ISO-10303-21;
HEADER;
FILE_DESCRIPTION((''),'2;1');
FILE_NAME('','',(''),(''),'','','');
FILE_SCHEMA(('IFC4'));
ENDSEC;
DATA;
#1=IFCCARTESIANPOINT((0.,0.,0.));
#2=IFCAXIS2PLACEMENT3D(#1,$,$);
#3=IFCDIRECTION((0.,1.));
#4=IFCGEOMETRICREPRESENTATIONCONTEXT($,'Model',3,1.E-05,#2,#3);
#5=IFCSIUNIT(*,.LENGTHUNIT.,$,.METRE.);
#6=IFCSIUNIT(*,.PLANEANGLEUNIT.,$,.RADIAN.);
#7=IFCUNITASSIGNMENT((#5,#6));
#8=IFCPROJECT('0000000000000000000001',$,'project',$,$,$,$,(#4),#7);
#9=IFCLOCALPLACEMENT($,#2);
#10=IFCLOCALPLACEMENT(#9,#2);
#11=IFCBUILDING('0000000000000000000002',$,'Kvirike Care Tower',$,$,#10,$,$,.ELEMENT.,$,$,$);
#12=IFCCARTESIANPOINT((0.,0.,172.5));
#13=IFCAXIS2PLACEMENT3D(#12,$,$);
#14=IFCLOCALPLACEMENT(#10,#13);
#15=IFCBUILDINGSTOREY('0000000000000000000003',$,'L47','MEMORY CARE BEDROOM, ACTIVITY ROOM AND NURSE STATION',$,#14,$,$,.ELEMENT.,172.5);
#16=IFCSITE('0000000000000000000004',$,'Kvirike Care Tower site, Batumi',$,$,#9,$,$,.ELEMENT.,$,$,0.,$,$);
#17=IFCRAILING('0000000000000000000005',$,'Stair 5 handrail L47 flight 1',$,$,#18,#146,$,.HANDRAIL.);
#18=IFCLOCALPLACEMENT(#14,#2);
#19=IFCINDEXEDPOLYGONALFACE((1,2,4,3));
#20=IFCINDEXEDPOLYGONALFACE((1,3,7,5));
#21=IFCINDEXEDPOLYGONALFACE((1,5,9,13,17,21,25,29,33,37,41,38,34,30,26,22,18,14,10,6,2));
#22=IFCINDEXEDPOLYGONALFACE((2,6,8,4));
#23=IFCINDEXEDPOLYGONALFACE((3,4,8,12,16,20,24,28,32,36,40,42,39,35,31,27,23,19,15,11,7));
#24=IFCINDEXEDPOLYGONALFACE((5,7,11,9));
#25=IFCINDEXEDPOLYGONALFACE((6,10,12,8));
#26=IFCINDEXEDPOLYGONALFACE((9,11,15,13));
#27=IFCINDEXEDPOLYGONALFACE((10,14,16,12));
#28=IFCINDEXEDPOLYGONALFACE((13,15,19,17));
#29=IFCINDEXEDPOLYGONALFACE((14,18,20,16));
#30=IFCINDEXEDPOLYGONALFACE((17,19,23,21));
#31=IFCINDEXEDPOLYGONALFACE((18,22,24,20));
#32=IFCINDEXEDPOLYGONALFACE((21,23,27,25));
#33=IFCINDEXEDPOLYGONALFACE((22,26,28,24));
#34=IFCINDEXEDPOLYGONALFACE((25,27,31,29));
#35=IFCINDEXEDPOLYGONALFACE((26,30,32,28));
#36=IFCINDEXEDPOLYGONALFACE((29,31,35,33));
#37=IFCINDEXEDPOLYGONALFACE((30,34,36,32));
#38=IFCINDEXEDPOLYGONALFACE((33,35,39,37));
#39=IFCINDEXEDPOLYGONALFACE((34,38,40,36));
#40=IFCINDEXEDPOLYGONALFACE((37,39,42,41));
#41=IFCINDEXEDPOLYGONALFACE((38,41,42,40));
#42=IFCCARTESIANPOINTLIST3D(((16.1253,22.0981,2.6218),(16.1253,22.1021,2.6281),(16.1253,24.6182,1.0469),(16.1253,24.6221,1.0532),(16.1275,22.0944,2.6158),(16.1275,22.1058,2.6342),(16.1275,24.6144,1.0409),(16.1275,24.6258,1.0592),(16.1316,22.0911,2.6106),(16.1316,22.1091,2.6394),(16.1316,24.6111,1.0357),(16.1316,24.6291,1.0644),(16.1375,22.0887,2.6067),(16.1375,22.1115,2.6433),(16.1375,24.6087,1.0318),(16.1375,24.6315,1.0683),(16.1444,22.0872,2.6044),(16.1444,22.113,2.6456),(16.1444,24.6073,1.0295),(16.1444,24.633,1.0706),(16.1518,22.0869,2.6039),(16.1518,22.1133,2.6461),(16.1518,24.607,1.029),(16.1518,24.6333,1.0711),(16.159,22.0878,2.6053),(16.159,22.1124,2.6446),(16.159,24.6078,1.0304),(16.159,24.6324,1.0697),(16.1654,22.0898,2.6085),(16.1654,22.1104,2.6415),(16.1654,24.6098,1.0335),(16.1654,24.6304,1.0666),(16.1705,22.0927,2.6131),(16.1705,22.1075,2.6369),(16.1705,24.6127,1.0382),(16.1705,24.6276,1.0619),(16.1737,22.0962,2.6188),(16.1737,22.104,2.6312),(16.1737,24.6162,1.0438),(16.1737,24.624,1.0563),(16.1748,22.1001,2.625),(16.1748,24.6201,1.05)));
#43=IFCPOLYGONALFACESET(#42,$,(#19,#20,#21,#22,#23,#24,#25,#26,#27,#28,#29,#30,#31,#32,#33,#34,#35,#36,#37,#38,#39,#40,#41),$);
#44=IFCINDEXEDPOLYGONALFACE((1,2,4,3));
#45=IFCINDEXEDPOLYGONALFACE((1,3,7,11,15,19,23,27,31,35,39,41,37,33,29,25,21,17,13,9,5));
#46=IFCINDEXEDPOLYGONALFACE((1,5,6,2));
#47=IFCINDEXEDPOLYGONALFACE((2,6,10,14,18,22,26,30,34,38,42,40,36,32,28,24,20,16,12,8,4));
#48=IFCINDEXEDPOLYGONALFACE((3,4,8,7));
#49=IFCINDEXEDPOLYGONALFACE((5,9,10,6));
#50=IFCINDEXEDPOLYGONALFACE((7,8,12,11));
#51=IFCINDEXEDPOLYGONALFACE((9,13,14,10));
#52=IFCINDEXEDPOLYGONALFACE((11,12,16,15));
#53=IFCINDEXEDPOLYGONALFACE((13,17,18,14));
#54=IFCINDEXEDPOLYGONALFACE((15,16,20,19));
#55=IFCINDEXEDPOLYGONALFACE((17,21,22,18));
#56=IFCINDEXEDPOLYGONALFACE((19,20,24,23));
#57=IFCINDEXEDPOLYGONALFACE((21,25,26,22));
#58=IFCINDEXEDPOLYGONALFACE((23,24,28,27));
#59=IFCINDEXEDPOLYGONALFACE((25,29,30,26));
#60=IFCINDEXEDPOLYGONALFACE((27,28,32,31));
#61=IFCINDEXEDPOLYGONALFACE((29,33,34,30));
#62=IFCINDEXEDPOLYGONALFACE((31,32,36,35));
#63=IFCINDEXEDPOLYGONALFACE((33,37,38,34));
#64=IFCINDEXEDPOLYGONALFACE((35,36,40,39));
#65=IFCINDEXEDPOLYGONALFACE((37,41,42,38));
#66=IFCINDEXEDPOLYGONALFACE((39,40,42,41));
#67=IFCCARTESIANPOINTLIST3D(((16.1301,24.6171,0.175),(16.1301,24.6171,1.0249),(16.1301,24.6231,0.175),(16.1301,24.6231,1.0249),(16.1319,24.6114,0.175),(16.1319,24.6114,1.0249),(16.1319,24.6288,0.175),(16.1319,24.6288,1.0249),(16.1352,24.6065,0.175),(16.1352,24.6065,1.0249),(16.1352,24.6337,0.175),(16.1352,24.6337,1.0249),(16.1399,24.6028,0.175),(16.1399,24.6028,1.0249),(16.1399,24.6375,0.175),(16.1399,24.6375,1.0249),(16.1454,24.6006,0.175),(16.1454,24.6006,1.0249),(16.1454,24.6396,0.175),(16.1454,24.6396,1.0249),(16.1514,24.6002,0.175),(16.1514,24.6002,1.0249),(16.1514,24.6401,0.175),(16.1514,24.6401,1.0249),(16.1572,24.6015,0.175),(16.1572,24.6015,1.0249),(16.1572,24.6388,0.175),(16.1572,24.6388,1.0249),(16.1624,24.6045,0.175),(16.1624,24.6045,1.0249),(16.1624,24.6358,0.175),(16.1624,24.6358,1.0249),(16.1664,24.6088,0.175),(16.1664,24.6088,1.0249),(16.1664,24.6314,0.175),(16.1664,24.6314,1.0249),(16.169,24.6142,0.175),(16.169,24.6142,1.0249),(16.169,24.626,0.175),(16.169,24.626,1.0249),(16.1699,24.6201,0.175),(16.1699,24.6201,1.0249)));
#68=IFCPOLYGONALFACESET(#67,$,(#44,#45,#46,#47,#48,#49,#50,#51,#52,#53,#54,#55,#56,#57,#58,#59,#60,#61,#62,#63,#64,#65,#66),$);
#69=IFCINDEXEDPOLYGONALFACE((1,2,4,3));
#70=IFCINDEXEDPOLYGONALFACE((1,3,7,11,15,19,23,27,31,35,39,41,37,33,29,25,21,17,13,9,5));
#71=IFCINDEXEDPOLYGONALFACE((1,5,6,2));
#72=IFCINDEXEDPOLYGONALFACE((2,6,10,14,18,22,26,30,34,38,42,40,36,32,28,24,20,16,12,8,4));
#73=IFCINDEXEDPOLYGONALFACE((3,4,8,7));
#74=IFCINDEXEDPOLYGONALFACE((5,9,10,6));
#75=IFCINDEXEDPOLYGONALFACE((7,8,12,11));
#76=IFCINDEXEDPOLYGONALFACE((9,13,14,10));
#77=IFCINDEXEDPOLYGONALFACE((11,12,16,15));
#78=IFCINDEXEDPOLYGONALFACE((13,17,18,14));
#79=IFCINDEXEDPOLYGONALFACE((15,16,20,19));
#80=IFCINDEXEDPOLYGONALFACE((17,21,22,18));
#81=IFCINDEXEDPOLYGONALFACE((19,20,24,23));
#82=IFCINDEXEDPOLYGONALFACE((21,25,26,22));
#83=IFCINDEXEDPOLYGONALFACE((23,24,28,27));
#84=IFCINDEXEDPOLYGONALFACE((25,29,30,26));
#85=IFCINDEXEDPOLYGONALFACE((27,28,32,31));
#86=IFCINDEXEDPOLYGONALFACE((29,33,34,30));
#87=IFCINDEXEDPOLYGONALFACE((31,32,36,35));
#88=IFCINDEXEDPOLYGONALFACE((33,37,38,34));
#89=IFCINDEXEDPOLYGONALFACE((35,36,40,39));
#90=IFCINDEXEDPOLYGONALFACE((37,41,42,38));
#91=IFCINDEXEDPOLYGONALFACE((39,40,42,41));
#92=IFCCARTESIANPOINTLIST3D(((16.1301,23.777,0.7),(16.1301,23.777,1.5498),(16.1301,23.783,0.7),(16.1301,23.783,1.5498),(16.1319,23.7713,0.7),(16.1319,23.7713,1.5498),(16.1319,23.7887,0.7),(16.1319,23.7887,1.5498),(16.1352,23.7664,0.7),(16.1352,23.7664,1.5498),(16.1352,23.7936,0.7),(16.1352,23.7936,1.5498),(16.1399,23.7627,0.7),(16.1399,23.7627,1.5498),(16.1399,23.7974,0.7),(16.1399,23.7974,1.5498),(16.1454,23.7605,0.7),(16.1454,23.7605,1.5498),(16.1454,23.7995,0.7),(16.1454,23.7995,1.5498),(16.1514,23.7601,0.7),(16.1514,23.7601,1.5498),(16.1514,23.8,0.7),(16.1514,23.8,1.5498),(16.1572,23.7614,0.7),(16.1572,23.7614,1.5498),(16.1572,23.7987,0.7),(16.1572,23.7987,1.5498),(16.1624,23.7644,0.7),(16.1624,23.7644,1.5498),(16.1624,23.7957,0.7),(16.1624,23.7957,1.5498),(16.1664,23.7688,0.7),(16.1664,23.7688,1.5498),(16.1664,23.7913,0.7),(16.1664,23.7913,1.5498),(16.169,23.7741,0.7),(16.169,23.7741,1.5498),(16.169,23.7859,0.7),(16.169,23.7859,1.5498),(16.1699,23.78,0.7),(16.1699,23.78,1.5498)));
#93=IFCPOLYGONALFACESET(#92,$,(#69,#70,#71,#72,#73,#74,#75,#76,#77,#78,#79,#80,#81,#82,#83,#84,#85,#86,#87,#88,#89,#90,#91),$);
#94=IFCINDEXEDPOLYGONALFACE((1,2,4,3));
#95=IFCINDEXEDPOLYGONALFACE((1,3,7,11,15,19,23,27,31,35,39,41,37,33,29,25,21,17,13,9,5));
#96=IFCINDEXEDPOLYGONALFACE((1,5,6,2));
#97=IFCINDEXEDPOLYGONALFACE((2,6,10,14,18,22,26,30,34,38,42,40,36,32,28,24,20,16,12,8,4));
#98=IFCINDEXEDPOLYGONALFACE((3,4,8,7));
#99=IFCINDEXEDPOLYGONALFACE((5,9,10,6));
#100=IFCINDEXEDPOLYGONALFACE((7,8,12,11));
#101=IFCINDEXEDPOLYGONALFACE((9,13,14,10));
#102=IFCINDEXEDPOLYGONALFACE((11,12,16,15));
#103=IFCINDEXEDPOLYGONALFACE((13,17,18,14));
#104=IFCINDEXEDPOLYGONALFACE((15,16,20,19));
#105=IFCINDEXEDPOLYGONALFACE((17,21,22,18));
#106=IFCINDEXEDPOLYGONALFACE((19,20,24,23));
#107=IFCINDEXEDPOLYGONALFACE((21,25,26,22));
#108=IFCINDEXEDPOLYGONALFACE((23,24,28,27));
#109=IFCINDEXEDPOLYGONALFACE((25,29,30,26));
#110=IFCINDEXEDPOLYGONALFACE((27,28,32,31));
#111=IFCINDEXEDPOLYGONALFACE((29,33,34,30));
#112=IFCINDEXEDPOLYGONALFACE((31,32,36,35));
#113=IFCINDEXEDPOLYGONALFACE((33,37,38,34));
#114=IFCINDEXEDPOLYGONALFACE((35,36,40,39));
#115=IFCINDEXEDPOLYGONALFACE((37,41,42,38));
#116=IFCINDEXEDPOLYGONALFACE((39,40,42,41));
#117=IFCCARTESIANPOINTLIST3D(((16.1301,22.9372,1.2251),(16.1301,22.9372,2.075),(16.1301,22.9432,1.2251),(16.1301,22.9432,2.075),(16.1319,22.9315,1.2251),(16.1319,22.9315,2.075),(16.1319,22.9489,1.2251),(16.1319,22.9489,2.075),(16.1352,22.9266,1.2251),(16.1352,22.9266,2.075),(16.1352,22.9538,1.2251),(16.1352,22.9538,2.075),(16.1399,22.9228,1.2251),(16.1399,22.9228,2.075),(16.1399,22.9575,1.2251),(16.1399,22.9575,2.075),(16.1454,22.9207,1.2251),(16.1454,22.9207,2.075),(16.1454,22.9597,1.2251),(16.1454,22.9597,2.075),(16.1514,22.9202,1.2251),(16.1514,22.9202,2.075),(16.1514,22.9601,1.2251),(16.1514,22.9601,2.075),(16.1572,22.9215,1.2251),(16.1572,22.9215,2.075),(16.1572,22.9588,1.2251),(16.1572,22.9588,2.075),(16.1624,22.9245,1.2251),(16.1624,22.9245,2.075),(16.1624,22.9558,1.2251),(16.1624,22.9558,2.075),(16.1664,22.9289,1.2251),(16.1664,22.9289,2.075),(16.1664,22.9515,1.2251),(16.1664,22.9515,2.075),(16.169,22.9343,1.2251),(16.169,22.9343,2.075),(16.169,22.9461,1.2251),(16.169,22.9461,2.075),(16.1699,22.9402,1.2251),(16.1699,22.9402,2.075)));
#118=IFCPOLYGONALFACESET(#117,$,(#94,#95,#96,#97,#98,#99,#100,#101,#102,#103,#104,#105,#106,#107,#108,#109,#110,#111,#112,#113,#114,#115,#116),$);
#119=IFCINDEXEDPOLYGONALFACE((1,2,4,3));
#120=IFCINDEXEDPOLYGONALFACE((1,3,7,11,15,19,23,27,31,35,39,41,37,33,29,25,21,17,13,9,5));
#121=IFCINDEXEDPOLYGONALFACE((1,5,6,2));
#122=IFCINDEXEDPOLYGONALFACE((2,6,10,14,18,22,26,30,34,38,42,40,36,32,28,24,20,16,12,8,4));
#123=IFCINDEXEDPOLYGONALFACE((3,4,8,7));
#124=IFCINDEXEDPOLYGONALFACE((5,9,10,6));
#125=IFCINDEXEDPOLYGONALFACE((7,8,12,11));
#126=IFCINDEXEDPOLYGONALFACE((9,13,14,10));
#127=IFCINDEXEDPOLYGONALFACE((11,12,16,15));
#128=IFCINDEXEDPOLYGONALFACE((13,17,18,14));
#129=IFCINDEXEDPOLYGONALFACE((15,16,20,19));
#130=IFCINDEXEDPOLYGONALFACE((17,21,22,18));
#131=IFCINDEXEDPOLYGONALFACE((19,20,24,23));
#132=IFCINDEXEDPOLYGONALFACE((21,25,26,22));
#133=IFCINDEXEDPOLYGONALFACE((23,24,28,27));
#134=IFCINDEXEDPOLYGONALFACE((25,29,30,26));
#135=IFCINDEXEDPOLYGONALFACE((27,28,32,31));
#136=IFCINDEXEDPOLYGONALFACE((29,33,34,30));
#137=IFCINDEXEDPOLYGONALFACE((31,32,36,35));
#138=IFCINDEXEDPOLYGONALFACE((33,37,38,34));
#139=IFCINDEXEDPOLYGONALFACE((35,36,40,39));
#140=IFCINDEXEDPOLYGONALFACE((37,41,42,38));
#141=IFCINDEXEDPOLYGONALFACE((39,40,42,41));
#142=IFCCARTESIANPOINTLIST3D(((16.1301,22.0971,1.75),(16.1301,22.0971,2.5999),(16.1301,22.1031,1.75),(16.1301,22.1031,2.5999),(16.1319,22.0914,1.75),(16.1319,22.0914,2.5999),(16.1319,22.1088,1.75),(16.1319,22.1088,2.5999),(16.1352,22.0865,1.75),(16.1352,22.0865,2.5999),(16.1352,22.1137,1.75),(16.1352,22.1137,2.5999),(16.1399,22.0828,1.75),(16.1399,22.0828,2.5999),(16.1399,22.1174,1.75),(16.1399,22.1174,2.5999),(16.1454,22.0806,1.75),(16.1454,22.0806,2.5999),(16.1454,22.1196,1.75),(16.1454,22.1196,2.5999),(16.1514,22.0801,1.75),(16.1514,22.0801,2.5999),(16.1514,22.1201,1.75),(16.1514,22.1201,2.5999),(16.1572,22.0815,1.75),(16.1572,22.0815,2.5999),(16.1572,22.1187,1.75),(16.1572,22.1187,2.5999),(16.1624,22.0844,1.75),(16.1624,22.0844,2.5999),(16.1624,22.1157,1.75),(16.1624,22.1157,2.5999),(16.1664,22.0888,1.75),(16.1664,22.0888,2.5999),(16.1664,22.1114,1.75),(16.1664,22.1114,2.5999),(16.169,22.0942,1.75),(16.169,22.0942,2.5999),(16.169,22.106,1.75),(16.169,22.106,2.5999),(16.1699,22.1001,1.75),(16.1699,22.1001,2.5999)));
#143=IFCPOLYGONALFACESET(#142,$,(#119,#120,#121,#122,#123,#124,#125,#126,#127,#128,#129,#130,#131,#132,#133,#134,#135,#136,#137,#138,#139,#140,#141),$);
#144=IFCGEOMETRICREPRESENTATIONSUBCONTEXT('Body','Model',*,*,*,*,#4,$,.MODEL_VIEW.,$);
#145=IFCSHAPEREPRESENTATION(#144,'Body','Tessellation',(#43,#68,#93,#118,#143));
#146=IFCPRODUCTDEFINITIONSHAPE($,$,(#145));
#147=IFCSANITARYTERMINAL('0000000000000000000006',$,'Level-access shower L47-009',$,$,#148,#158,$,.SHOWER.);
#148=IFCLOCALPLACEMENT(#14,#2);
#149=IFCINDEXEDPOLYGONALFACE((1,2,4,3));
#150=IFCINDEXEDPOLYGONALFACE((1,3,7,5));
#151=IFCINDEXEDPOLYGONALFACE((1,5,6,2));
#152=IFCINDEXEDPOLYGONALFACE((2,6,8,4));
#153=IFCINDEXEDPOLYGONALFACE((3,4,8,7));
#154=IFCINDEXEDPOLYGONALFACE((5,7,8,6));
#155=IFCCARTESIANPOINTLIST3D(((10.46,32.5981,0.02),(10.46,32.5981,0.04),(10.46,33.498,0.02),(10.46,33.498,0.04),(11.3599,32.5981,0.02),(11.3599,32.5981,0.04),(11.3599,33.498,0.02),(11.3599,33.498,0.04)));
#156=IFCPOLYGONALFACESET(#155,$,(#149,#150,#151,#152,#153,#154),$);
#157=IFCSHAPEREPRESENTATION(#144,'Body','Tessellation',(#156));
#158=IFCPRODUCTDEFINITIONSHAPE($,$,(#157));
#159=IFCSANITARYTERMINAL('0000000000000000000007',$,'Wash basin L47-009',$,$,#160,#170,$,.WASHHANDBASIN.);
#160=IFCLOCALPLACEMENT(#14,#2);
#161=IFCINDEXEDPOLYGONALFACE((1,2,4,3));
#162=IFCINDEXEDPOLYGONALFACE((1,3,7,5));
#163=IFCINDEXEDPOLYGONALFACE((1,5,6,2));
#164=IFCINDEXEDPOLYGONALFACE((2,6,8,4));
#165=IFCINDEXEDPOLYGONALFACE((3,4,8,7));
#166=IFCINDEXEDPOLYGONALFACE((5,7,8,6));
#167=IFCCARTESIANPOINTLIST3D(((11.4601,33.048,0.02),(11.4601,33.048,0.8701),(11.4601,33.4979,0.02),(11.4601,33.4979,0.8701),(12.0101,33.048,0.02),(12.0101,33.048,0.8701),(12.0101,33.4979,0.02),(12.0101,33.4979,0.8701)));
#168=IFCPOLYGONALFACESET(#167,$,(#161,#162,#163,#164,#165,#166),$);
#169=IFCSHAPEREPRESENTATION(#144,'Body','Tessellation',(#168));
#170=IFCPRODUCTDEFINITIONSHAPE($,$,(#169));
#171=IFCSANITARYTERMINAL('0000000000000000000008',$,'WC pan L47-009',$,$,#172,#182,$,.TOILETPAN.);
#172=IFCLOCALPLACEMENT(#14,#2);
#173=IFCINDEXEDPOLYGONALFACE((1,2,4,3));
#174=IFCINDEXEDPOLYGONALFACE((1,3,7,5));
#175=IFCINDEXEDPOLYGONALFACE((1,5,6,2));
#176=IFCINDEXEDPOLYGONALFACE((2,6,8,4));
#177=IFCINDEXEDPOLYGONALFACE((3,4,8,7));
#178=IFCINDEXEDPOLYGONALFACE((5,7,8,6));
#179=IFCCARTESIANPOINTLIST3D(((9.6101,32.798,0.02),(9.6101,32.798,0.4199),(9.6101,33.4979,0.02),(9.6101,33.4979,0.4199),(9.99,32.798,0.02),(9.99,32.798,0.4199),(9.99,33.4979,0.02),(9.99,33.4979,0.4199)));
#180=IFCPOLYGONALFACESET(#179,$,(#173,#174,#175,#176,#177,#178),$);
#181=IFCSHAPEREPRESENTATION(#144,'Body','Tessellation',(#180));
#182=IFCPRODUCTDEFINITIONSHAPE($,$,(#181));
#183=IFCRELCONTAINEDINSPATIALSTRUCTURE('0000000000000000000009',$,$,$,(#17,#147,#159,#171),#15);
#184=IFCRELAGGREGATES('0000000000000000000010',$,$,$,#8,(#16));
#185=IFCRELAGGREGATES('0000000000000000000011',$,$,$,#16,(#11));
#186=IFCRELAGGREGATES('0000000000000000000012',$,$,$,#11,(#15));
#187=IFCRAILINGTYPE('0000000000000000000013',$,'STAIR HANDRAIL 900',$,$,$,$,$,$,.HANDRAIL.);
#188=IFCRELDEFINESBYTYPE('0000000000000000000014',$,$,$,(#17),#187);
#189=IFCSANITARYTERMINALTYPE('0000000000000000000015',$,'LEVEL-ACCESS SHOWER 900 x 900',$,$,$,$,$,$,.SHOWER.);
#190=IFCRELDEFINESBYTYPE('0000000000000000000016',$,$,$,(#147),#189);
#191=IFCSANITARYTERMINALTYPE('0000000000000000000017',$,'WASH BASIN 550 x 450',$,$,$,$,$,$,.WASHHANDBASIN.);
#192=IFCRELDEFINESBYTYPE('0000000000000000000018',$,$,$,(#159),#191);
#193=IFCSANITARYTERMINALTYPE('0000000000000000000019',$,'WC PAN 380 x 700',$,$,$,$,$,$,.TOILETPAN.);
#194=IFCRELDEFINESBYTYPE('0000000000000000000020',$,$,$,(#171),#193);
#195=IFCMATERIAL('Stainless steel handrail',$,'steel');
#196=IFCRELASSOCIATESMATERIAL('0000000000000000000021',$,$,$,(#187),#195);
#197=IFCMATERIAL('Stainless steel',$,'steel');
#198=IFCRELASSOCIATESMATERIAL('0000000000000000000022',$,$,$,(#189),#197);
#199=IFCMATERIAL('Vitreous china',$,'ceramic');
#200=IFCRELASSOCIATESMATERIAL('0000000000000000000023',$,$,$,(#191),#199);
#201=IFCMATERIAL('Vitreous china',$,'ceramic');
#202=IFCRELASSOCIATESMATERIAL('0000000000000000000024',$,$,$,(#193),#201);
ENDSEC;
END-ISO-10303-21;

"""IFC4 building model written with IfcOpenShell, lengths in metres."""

from ifc_helpers import new_model, si_unit, direction, frame, origin, origin_2d, place, context, subcontext, project, spatial, rectangle, circle, extrude, material, type_object, element, save


model = new_model("IFC4")

# Units and contexts
model_context = context("Model", 3, precision=1e-05, world=origin(), true_north=direction((0.0, 1.0)))
body_context = subcontext(model_context, "Body", "Model", "MODEL_VIEW")
ifc_project = project(units=[si_unit("LENGTHUNIT", "METRE"), si_unit("PLANEANGLEUNIT", "RADIAN")], contexts=[model_context])

# Site, building, storey
site_placement = place(None, origin())
site = spatial("IfcSite", under=ifc_project, at=site_placement, Name="Kvirike Care Tower site, Batumi", CompositionType="ELEMENT", RefElevation=0.0)
building_placement = place(site_placement, origin())
building = spatial("IfcBuilding", under=site, at=building_placement, Name="Kvirike Care Tower", CompositionType="ELEMENT")
storey_placement = place(building_placement, frame((0.0, 0.0, 172.5)))
storey = spatial("IfcBuildingStorey", under=building, at=storey_placement, Name="L47", Description="MEMORY CARE BEDROOM, ACTIVITY ROOM AND NURSE STATION", CompositionType="ELEMENT", Elevation=172.5)

# Railing
ifc_material_1 = material(Name="Stainless steel handrail", Category="steel")
railing_type = type_object("IfcRailingType", Name="STAIR HANDRAIL 900", PredefinedType="HANDRAIL", material=ifc_material_1)
railing_placement = place(storey_placement, frame((16.1499, 24.6201, 0.175)))
element("IfcRailing", 1, at=railing_placement, inside=storey, type_object=railing_type, Name="Stair 5 handrail L47 flight 1", PredefinedType="HANDRAIL", context=body_context, shape_type="SweptSolid", body=[
    extrude(circle(Radius=0.0249, at=origin_2d()), frame((0.0, 0.0, 0.875), z_axis=(0.0, -0.848008, 0.529984), x_axis=(1.0, 0.0, 0.0)), (0.0, 0.0, 1.0), 2.9717),
    extrude(circle(Radius=0.02, at=origin_2d()), origin(), (0.0, 0.0, 1.0), 0.8499),
    extrude(circle(Radius=0.02, at=origin_2d()), frame((0.0, -0.8401, 0.5249)), (0.0, 0.0, 1.0), 0.8499),
    extrude(circle(Radius=0.02, at=origin_2d()), frame((0.0, -1.6799, 1.05)), (0.0, 0.0, 1.0), 0.8499),
    extrude(circle(Radius=0.02, at=origin_2d()), frame((0.0, -2.52, 1.575)), (0.0, 0.0, 1.0), 0.8499),
])

# Sanitary terminals
ifc_material_2 = material(Name="Stainless steel", Category="steel")
sanitary_terminal_type_1 = type_object("IfcSanitaryTerminalType", Name="LEVEL-ACCESS SHOWER 900 x 900", PredefinedType="SHOWER", material=ifc_material_2)
sanitary_terminal_1_placement = place(storey_placement, frame((10.9099, 33.0481, 0.02), z_axis=(0.0, 0.0, 1.0), x_axis=(1.0, 0.0, 0.0)))
element("IfcSanitaryTerminal", 2, at=sanitary_terminal_1_placement, inside=storey, type_object=sanitary_terminal_type_1, Name="Level-access shower L47-009", PredefinedType="SHOWER", context=body_context, shape_type="SweptSolid", body=[
    extrude(rectangle(XDim=0.8999, YDim=0.8999, at=origin_2d()), origin(), (0.0, 0.0, 1.0), 0.02),
])
ifc_material_3 = material(Name="Vitreous china", Category="ceramic")
sanitary_terminal_type_2 = type_object("IfcSanitaryTerminalType", Name="WASH BASIN 550 x 450", PredefinedType="WASHHANDBASIN", material=ifc_material_3)
sanitary_terminal_2_placement = place(storey_placement, frame((11.7351, 33.2729, 0.02), z_axis=(0.0, 0.0, 1.0), x_axis=(1.0, 0.0, 0.0)))
element("IfcSanitaryTerminal", 3, at=sanitary_terminal_2_placement, inside=storey, type_object=sanitary_terminal_type_2, Name="Wash basin L47-009", PredefinedType="WASHHANDBASIN", context=body_context, shape_type="SweptSolid", body=[
    extrude(rectangle(XDim=0.55, YDim=0.45, at=origin_2d()), origin(), (0.0, 0.0, 1.0), 0.8501),
])
ifc_material_4 = material(Name="Vitreous china", Category="ceramic")
sanitary_terminal_type_3 = type_object("IfcSanitaryTerminalType", Name="WC PAN 380 x 700", PredefinedType="TOILETPAN", material=ifc_material_4)
sanitary_terminal_3_placement = place(storey_placement, frame((9.8, 33.1479, 0.02), z_axis=(0.0, 0.0, 1.0), x_axis=(1.0, 0.0, 0.0)))
element("IfcSanitaryTerminal", 4, at=sanitary_terminal_3_placement, inside=storey, type_object=sanitary_terminal_type_3, Name="WC pan L47-009", PredefinedType="TOILETPAN", context=body_context, shape_type="SweptSolid", body=[
    extrude(rectangle(XDim=0.3799, YDim=0.7, at=origin_2d()), origin(), (0.0, 0.0, 1.0), 0.3999),
])

save(model, "model.ifc")
